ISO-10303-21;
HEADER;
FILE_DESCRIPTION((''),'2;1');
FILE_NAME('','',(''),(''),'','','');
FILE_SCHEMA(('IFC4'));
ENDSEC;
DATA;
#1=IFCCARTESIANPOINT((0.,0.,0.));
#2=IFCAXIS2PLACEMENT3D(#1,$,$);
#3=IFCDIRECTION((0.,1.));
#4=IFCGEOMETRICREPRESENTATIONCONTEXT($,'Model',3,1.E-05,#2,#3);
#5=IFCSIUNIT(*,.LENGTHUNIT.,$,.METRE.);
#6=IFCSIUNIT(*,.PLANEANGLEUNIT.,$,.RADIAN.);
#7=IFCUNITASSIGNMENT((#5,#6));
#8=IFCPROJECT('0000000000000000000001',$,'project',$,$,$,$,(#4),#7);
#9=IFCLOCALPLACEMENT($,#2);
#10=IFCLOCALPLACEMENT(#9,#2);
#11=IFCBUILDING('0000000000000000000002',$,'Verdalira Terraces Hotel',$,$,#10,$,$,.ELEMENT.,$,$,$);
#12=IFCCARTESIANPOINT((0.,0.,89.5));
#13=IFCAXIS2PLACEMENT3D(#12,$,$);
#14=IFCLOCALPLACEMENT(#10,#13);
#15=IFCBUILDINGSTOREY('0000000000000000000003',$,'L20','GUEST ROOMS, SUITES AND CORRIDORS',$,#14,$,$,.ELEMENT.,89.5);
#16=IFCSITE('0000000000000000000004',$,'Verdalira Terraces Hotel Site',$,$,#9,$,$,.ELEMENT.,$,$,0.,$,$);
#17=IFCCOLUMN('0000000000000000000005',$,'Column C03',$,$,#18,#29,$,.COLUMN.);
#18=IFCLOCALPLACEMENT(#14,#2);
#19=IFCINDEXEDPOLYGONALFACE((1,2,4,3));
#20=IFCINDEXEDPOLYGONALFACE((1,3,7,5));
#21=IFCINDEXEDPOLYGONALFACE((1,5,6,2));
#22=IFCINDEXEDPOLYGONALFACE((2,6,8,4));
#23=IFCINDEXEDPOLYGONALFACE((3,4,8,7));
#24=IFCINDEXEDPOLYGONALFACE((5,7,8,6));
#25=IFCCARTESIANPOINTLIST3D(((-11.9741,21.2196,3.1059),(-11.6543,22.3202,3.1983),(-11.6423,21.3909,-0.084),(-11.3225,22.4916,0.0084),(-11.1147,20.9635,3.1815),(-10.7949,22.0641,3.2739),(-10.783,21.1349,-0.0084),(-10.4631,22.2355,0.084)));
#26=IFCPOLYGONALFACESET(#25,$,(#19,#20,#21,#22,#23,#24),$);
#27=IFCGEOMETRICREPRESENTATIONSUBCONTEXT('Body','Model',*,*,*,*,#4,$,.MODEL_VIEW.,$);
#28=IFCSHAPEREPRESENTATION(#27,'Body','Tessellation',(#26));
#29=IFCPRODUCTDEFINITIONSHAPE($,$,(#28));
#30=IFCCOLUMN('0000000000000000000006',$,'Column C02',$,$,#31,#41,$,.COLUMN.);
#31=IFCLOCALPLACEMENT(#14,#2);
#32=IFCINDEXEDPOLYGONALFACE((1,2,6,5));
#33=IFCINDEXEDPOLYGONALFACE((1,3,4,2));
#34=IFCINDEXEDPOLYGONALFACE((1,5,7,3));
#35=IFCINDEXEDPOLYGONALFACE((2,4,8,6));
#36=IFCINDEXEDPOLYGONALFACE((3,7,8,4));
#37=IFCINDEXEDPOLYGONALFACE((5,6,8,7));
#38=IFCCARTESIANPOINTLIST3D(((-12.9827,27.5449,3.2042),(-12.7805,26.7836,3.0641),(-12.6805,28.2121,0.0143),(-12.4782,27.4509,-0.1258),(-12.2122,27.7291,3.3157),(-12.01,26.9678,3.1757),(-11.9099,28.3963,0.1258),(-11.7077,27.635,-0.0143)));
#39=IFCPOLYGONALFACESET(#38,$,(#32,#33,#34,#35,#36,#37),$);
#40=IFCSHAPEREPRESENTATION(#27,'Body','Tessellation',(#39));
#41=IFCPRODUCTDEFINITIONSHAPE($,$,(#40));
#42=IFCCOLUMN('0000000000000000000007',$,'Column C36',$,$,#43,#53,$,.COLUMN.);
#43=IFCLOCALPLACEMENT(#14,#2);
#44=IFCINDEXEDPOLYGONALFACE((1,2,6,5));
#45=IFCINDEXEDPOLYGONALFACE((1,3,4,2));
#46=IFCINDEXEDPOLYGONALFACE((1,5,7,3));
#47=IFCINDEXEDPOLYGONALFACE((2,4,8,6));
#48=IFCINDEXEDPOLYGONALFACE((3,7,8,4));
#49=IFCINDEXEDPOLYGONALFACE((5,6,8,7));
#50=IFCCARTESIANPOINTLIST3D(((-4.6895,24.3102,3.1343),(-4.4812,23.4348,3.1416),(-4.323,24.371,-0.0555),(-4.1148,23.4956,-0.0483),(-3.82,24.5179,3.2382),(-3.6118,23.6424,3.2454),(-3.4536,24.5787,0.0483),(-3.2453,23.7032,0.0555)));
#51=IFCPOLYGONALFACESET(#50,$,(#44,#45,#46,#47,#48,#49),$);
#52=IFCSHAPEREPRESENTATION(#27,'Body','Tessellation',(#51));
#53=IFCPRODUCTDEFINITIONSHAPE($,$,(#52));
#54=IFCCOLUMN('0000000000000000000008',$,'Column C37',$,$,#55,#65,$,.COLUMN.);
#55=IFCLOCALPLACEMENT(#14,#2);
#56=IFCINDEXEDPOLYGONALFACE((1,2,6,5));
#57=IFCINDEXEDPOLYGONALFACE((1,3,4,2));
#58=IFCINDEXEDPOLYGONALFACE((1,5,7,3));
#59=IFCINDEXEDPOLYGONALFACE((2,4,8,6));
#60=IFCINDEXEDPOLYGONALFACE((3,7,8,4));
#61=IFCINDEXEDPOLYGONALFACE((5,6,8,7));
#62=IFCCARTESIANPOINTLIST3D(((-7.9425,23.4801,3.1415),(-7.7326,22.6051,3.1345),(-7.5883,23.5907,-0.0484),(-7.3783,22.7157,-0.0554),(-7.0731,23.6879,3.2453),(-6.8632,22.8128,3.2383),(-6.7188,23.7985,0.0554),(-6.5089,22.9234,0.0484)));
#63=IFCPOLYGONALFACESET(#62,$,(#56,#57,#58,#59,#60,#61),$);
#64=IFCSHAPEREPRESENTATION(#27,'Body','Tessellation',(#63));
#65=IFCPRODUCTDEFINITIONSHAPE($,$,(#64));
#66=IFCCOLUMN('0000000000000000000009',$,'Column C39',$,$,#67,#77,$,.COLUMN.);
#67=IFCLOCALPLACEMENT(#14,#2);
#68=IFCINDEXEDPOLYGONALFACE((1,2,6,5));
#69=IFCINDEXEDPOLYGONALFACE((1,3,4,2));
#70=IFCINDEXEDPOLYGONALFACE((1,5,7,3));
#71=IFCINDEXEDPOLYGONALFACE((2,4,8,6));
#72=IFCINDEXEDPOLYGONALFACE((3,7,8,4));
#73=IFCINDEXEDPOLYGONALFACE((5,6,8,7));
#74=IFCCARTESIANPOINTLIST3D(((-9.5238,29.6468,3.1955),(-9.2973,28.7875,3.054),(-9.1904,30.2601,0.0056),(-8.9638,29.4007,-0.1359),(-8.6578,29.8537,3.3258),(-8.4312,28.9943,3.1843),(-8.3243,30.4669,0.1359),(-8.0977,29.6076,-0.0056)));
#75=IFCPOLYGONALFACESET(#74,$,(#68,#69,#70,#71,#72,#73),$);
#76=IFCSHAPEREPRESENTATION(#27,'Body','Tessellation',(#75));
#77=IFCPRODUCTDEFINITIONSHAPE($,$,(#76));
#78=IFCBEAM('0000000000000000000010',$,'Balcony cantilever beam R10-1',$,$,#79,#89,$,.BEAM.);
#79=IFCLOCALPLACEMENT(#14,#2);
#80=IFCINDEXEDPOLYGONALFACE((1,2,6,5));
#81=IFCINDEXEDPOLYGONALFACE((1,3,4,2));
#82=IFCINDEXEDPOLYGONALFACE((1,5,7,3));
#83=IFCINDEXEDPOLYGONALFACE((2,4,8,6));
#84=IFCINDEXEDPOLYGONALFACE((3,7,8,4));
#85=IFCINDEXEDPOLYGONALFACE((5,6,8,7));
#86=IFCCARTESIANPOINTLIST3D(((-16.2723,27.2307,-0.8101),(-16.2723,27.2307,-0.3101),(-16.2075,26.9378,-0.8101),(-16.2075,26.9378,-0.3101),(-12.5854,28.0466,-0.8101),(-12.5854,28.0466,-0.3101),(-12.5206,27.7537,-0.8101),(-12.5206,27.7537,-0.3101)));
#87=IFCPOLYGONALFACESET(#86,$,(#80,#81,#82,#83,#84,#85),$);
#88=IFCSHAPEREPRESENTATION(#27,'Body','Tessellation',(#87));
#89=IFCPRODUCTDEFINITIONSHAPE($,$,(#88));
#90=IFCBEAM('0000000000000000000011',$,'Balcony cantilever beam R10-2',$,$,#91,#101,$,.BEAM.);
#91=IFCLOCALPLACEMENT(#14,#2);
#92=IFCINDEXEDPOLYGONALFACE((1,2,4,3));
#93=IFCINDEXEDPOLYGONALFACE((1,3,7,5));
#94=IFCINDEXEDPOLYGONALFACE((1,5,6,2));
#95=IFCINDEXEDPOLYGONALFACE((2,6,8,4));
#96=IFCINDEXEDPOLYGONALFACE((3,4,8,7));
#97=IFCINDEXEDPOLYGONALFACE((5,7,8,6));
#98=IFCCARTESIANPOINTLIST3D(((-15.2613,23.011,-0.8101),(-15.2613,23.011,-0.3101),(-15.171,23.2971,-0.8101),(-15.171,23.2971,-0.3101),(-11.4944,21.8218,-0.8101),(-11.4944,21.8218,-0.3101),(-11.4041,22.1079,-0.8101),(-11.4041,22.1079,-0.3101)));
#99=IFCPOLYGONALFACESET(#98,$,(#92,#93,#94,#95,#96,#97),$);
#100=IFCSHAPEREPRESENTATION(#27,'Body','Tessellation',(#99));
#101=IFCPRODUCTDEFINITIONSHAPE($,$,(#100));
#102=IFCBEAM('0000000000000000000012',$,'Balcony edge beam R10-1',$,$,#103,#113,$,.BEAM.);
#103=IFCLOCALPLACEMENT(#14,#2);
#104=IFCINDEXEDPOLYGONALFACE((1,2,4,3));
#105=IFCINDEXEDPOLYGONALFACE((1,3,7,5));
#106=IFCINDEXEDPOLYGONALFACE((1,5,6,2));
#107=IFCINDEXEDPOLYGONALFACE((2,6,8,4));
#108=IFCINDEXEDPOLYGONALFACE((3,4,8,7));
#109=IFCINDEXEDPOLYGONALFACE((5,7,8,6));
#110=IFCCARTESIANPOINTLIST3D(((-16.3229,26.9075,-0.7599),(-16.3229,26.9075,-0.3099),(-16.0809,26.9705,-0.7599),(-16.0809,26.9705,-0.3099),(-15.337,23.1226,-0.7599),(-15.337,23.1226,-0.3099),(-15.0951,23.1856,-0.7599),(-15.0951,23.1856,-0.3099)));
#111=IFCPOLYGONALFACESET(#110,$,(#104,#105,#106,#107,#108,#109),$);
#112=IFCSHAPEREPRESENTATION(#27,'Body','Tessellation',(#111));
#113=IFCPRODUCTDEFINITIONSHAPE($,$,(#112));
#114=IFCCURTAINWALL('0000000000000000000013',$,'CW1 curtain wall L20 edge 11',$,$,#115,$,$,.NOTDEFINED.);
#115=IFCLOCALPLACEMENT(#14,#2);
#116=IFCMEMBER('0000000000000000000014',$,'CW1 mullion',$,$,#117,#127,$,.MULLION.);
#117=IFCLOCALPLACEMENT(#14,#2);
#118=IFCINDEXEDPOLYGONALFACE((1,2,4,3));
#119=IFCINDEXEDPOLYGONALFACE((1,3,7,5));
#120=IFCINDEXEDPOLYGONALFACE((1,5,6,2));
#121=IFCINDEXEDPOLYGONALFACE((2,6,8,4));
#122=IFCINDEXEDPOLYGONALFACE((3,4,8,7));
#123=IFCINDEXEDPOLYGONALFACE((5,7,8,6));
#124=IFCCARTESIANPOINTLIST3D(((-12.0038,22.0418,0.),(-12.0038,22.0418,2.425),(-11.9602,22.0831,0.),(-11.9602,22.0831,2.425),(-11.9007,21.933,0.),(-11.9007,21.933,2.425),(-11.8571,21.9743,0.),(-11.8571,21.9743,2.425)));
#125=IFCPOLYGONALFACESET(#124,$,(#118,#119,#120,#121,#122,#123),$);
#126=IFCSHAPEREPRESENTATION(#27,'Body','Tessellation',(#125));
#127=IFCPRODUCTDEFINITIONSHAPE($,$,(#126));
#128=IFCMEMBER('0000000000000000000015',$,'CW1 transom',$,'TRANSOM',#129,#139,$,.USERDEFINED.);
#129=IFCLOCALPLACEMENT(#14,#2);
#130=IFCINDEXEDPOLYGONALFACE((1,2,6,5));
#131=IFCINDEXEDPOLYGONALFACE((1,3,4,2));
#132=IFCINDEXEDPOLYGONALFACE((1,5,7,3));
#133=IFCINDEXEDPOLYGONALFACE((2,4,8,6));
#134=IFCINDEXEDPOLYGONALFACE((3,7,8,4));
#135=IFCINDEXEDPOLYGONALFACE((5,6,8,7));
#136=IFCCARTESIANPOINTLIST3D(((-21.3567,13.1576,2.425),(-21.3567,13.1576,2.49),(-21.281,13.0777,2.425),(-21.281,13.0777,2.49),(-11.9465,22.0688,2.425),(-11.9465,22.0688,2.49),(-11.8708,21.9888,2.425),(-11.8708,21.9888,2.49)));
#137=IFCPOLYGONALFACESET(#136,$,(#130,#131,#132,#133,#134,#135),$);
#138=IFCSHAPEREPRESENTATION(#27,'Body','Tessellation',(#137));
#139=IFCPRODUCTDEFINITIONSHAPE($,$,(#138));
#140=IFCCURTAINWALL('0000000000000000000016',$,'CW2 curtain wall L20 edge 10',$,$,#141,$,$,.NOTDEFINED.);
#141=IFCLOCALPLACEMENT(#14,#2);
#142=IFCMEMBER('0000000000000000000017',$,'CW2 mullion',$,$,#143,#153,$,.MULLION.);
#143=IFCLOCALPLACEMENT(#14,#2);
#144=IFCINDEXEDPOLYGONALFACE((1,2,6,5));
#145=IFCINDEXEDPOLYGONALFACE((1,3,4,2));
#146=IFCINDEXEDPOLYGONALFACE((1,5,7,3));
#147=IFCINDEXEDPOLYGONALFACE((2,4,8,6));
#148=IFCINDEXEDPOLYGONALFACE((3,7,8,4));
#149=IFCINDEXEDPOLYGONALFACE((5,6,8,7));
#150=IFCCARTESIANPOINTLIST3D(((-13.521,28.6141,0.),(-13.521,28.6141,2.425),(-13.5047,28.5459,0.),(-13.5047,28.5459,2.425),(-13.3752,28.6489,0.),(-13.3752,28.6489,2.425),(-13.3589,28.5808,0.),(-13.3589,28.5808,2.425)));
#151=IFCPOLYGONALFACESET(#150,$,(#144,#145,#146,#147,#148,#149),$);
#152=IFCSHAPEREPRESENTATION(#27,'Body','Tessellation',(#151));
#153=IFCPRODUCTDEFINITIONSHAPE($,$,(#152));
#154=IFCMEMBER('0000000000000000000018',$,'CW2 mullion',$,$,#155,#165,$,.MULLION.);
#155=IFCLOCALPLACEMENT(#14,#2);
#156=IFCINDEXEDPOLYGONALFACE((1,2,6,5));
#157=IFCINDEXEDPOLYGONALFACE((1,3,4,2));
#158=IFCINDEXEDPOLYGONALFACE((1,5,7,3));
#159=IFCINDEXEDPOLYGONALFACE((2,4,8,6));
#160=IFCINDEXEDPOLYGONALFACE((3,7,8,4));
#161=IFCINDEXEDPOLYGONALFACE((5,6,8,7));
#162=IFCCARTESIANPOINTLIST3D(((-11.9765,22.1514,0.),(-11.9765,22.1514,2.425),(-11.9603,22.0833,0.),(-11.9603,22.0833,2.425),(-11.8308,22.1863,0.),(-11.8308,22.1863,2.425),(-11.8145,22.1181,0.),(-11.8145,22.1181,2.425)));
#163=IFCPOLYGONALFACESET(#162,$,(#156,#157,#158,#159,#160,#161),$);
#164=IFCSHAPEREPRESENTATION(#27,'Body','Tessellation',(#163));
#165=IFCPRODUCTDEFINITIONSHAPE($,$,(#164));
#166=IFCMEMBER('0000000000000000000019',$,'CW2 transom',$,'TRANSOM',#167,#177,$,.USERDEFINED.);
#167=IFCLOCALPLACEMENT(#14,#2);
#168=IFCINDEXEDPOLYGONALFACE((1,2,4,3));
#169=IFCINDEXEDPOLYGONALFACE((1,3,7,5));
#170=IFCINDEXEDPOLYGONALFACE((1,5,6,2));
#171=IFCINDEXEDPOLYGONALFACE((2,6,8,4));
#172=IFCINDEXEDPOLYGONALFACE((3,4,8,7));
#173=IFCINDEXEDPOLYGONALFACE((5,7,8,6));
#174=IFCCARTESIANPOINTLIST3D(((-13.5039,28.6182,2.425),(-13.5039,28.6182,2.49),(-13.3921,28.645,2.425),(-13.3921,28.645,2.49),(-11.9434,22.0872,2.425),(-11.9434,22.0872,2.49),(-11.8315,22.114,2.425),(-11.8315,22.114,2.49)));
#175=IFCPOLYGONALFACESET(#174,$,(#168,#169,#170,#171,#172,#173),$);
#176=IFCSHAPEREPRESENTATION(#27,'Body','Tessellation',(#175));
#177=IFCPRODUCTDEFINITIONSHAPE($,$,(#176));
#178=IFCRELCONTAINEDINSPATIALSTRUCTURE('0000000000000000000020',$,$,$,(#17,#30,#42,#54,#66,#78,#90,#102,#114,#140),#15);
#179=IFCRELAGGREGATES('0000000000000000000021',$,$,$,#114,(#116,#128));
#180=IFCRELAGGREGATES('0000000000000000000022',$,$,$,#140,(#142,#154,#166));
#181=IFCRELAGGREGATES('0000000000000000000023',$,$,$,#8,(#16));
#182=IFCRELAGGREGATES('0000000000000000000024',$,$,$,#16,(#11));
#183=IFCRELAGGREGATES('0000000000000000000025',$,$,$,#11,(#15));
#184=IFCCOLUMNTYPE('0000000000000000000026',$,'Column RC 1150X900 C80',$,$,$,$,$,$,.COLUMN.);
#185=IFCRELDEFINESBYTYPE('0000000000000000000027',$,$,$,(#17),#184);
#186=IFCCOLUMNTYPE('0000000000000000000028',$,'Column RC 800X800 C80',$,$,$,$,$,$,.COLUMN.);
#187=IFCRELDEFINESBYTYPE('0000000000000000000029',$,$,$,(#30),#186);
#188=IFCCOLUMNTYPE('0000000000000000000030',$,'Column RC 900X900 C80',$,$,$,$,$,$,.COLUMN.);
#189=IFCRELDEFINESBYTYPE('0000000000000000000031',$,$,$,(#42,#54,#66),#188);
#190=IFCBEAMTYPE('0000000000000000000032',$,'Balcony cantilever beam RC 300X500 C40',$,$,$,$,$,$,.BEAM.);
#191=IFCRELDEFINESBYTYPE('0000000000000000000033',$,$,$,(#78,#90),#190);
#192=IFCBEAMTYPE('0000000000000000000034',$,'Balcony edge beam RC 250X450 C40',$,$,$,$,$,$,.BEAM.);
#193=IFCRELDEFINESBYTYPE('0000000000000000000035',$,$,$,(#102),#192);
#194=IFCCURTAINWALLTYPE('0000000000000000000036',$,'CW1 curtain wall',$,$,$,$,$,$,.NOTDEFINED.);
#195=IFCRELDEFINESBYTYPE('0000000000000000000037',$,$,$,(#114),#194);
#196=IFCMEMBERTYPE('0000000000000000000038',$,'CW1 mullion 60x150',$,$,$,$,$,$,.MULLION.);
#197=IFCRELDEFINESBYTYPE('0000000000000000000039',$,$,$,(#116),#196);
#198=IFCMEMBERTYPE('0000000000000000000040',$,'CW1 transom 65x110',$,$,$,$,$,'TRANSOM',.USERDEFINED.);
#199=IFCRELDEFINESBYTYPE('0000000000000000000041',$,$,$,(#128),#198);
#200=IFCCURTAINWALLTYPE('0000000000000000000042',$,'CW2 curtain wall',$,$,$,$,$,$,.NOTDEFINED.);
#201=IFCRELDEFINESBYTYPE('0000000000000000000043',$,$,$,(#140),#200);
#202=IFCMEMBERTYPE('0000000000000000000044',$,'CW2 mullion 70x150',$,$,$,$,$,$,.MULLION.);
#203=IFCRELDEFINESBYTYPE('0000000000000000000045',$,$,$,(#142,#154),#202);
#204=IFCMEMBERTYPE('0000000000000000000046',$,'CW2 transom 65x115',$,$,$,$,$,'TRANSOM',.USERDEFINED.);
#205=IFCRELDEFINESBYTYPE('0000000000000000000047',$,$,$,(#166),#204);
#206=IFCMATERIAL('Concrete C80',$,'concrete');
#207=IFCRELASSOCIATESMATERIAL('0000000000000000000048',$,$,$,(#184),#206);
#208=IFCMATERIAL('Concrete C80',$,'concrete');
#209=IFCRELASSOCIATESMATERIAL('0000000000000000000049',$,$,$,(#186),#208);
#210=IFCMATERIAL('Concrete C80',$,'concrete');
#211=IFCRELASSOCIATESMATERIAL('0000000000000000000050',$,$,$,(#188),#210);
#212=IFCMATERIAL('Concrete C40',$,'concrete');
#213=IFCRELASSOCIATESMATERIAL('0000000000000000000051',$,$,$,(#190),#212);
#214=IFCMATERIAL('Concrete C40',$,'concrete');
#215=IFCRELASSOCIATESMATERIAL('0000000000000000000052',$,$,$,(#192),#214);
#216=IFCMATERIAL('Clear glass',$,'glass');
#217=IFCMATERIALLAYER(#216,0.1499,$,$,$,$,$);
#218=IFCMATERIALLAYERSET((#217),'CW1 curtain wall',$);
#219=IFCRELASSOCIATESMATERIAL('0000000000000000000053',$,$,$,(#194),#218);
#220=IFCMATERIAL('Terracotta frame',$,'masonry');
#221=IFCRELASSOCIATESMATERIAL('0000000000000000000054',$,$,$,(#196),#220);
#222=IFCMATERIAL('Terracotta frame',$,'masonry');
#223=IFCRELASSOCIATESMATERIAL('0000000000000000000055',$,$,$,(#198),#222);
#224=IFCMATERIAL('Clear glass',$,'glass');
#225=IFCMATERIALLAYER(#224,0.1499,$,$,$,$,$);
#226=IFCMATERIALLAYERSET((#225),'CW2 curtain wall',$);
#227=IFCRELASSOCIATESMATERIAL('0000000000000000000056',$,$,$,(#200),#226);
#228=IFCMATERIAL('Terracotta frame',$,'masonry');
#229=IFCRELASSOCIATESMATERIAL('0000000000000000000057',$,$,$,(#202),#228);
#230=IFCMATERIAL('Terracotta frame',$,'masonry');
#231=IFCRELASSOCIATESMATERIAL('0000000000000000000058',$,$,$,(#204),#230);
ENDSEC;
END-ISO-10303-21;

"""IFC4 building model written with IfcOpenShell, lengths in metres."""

from ifc_helpers import new_model, si_unit, direction, frame, origin, origin_2d, place, context, subcontext, project, spatial, rectangle, extrude, material, layer, layer_set, material_profile, profile_set, type_object, element, aggregate, save


model = new_model("IFC4")

# Units and contexts
model_context = context("Model", 3, precision=1e-05, world=origin(), true_north=direction((0.0, 1.0)))
body_context = subcontext(model_context, "Body", "Model", "MODEL_VIEW")
ifc_project = project(units=[si_unit("LENGTHUNIT", "METRE"), si_unit("PLANEANGLEUNIT", "RADIAN")], contexts=[model_context])

# Site, building, storey
site_placement = place(None, origin())
site = spatial("IfcSite", under=ifc_project, at=site_placement, Name="Verdalira Terraces Hotel Site", CompositionType="ELEMENT", RefElevation=0.0)
building_placement = place(site_placement, origin())
building = spatial("IfcBuilding", under=site, at=building_placement, Name="Verdalira Terraces Hotel", CompositionType="ELEMENT")
storey_placement = place(building_placement, frame((0.0, 0.0, 89.5)))
storey = spatial("IfcBuildingStorey", under=building, at=storey_placement, Name="L20", Description="GUEST ROOMS, SUITES AND CORRIDORS", CompositionType="ELEMENT", Elevation=89.5)

# Columns
ifc_material_1 = material(Name="Concrete C80", Category="concrete")
ifc_material_profile_1 = material_profile(ifc_material_1, rectangle(XDim=1.1499, YDim=0.8999, at=origin_2d()), Name="RC 1150X900")
ifc_profile_set_1 = profile_set([ifc_material_profile_1], Name="Concrete C80")
column_type_1 = type_object("IfcColumnType", Name="Column RC 1150X900 C80", PredefinedType="COLUMN", material=ifc_profile_set_1)
column_1_placement = place(storey_placement, frame((-11.0527, 21.8132, 0.0), z_axis=(-0.103305, -0.053363, 0.993217), x_axis=(0.278133, 0.957175, 0.080355)))
element("IfcColumn", 1, at=column_1_placement, inside=storey, type_object=column_type_1, Name="Column C03", PredefinedType="COLUMN", context=body_context, shape_type="SweptSolid", body=[
    extrude(rectangle(XDim=1.1499, YDim=0.8999, at=origin_2d()), origin(), (0.0, 0.0, 1.0), 3.2117),
])
ifc_material_2 = material(Name="Concrete C80", Category="concrete")
ifc_material_profile_2 = material_profile(ifc_material_2, rectangle(XDim=0.8, YDim=0.8, at=origin_2d()), Name="RC 800X800")
ifc_profile_set_2 = profile_set([ifc_material_profile_2], Name="Concrete C80")
column_type_2 = type_object("IfcColumnType", Name="Column RC 800X800 C80", PredefinedType="COLUMN", material=ifc_profile_set_2)
column_2_placement = place(storey_placement, frame((-12.1941, 27.9236, 0.0), z_axis=(-0.092346, -0.203863, 0.974634), x_axis=(0.252775, -0.951551, -0.175085)))
element("IfcColumn", 2, at=column_2_placement, inside=storey, type_object=column_type_2, Name="Column C02", PredefinedType="COLUMN", context=body_context, shape_type="SweptSolid", body=[
    extrude(rectangle(XDim=0.8, YDim=0.8, at=origin_2d()), origin(), (0.0, 0.0, 1.0), 3.2729),
])
ifc_material_3 = material(Name="Concrete C80", Category="concrete")
ifc_material_profile_3 = material_profile(ifc_material_3, rectangle(XDim=0.8999, YDim=0.8999, at=origin_2d()), Name="RC 900X900")
ifc_profile_set_3 = profile_set([ifc_material_profile_3], Name="Concrete C80")
column_type_3 = type_object("IfcColumnType", Name="Column RC 900X900 C80", PredefinedType="COLUMN", material=ifc_profile_set_3)
for number, where, z_axis, x_axis, name in (
    (3, (-3.7842, 24.0371, 0.0), (-0.114107, -0.018929, 0.993288), (-0.231384, 0.972829, -0.008042), "Column C36"),
    (4, (-7.0486, 23.2571, 0.0), (-0.110308, -0.034438, 0.993301), (-0.233261, 0.972383, 0.007809), "Column C37"),
):
    element("IfcColumn", number, at=place(storey_placement, frame(where, z_axis=z_axis, x_axis=x_axis)), inside=storey, type_object=column_type_3, Name=name, PredefinedType="COLUMN", context=body_context, shape_type="SweptSolid", body=[
        extrude(rectangle(XDim=0.8999, YDim=0.8999, at=origin_2d()), origin(), (0.0, 0.0, 1.0), 3.2114),
    ])
column_3_placement = place(storey_placement, frame((-8.644, 29.9338, 0.0), z_axis=(-0.102129, -0.18781, 0.976881), x_axis=(-0.251779, 0.954921, 0.157266)))
element("IfcColumn", 5, at=column_3_placement, inside=storey, type_object=column_type_3, Name="Column C39", PredefinedType="COLUMN", context=body_context, shape_type="SweptSolid", body=[
    extrude(rectangle(XDim=0.8999, YDim=0.8999, at=origin_2d()), origin(), (0.0, 0.0, 1.0), 3.2654),
])

# Beams
ifc_material_4 = material(Name="Concrete C40", Category="concrete")
ifc_material_profile_4 = material_profile(ifc_material_4, rectangle(XDim=0.3, YDim=0.5, at=origin_2d()), Name="RC 300X500")
ifc_profile_set_4 = profile_set([ifc_material_profile_4], Name="Concrete C40")
beam_type_1 = type_object("IfcBeamType", Name="Balcony cantilever beam RC 300X500 C40", PredefinedType="BEAM", material=ifc_profile_set_4)
beam_1_placement = place(storey_placement, frame((-12.553, 27.9001, -0.5601), z_axis=(-0.976378, -0.216068, 0.0), x_axis=(0.216068, -0.976378, 0.0)))
element("IfcBeam", 6, at=beam_1_placement, inside=storey, type_object=beam_type_1, Name="Balcony cantilever beam R10-1", PredefinedType="BEAM", context=body_context, shape_type="SweptSolid", body=[
    extrude(rectangle(XDim=0.3, YDim=0.5, at=origin_2d()), origin(), (0.0, 0.0, 1.0), 3.7761),
])
beam_2_placement = place(storey_placement, frame((-11.4492, 21.9648, -0.5601), z_axis=(-0.953606, 0.301057, 0.0), x_axis=(-0.301057, -0.953606, 0.0)))
element("IfcBeam", 7, at=beam_2_placement, inside=storey, type_object=beam_type_1, Name="Balcony cantilever beam R10-2", PredefinedType="BEAM", context=body_context, shape_type="SweptSolid", body=[
    extrude(rectangle(XDim=0.3, YDim=0.5, at=origin_2d()), origin(), (0.0, 0.0, 1.0), 3.9502),
])
ifc_material_5 = material(Name="Concrete C40", Category="concrete")
ifc_material_profile_5 = material_profile(ifc_material_5, rectangle(XDim=0.25, YDim=0.45, at=origin_2d()), Name="RC 250X450")
ifc_profile_set_5 = profile_set([ifc_material_profile_5], Name="Concrete C40")
beam_type_2 = type_object("IfcBeamType", Name="Balcony edge beam RC 250X450 C40", PredefinedType="BEAM", material=ifc_profile_set_5)
beam_3_placement = place(storey_placement, frame((-16.2019, 26.939, -0.5349), z_axis=(0.252056, -0.967713, 0.0), x_axis=(0.967713, 0.252056, 0.0)))
element("IfcBeam", 8, at=beam_3_placement, inside=storey, type_object=beam_type_2, Name="Balcony edge beam R10-1", PredefinedType="BEAM", context=body_context, shape_type="SweptSolid", body=[
    extrude(rectangle(XDim=0.25, YDim=0.45, at=origin_2d()), origin(), (0.0, 0.0, 1.0), 3.9111),
])

# Curtain walls, members
ifc_material_6 = material(Name="Clear glass", Category="glass")
ifc_layer_1 = layer(ifc_material_6, 0.1499)
ifc_layer_set_1 = layer_set([ifc_layer_1], Name="CW1 curtain wall")
curtain_wall_type_1 = type_object("IfcCurtainWallType", Name="CW1 curtain wall", PredefinedType="NOTDEFINED", material=ifc_layer_set_1)
curtain_wall_1_placement = place(storey_placement, origin())
curtain_wall_1 = element("IfcCurtainWall", 9, at=curtain_wall_1_placement, inside=storey, type_object=curtain_wall_type_1, Name="CW1 curtain wall L20 edge 11", PredefinedType="NOTDEFINED")
ifc_material_7 = material(Name="Terracotta frame", Category="masonry")
ifc_material_profile_6 = material_profile(ifc_material_7, rectangle(XDim=0.0601, YDim=0.1499, at=origin_2d()), Name="MU 60x150")
ifc_profile_set_6 = profile_set([ifc_material_profile_6], Name="Terracotta frame")
member_type_1 = type_object("IfcMemberType", Name="CW1 mullion 60x150", PredefinedType="MULLION", material=ifc_profile_set_6)
member_1_placement = place(storey_placement, frame((-11.9304, 22.0081, 0.0), z_axis=(0.0, 0.0, 1.0), x_axis=(-0.726095, -0.687595, 0.0)))
member_1 = element("IfcMember", 10, at=member_1_placement, type_object=member_type_1, Name="CW1 mullion", PredefinedType="MULLION", context=body_context, shape_type="SweptSolid", body=[
    extrude(rectangle(XDim=0.0601, YDim=0.1499, at=origin_2d()), origin(), (0.0, 0.0, 1.0), 2.425),
])
ifc_material_8 = material(Name="Terracotta frame", Category="masonry")
ifc_material_profile_7 = material_profile(ifc_material_8, rectangle(XDim=0.1101, YDim=0.0649, at=origin_2d()), Name="TR 65x110")
ifc_profile_set_7 = profile_set([ifc_material_profile_7], Name="Terracotta frame")
member_type_2 = type_object("IfcMemberType", Name="CW1 transom 65x110", ElementType="TRANSOM", PredefinedType="USERDEFINED", material=ifc_profile_set_7)
member_2_placement = place(storey_placement, frame((-11.9087, 22.0288, 2.4575), z_axis=(-0.726097, -0.687592, 0.0), x_axis=(0.687592, -0.726097, 0.0)))
member_2 = element("IfcMember", 11, at=member_2_placement, type_object=member_type_2, Name="CW1 transom", ObjectType="TRANSOM", PredefinedType="USERDEFINED", context=body_context, shape_type="SweptSolid", body=[
    extrude(rectangle(XDim=0.1101, YDim=0.0649, at=origin_2d()), origin(), (0.0, 0.0, 1.0), 12.96),
])
ifc_material_9 = material(Name="Clear glass", Category="glass")
ifc_layer_2 = layer(ifc_material_9, 0.1499)
ifc_layer_set_2 = layer_set([ifc_layer_2], Name="CW2 curtain wall")
curtain_wall_type_2 = type_object("IfcCurtainWallType", Name="CW2 curtain wall", PredefinedType="NOTDEFINED", material=ifc_layer_set_2)
curtain_wall_2_placement = place(storey_placement, origin())
curtain_wall_2 = element("IfcCurtainWall", 12, at=curtain_wall_2_placement, inside=storey, type_object=curtain_wall_type_2, Name="CW2 curtain wall L20 edge 10", PredefinedType="NOTDEFINED")
ifc_material_10 = material(Name="Terracotta frame", Category="masonry")
ifc_material_profile_8 = material_profile(ifc_material_10, rectangle(XDim=0.0701, YDim=0.1499, at=origin_2d()), Name="MU 70x150")
ifc_profile_set_8 = profile_set([ifc_material_profile_8], Name="Terracotta frame")
member_type_3 = type_object("IfcMemberType", Name="CW2 mullion 70x150", PredefinedType="MULLION", material=ifc_profile_set_8)
member_3_placement = place(storey_placement, frame((-13.4399, 28.5974, 0.0), z_axis=(0.0, 0.0, 1.0), x_axis=(0.232427, -0.972614, 0.0)))
member_3 = element("IfcMember", 13, at=member_3_placement, type_object=member_type_3, Name="CW2 mullion", PredefinedType="MULLION", context=body_context, shape_type="SweptSolid", body=[
    extrude(rectangle(XDim=0.0701, YDim=0.1499, at=origin_2d()), origin(), (0.0, 0.0, 1.0), 2.425),
])
member_4_placement = place(storey_placement, frame((-11.8955, 22.1348, 0.0), z_axis=(0.0, 0.0, 1.0), x_axis=(0.232427, -0.972614, 0.0)))
member_4 = element("IfcMember", 14, at=member_4_placement, type_object=member_type_3, Name="CW2 mullion", PredefinedType="MULLION", context=body_context, shape_type="SweptSolid", body=[
    extrude(rectangle(XDim=0.0701, YDim=0.1499, at=origin_2d()), origin(), (0.0, 0.0, 1.0), 2.425),
])
ifc_material_11 = material(Name="Terracotta frame", Category="masonry")
ifc_material_profile_9 = material_profile(ifc_material_11, rectangle(XDim=0.115, YDim=0.0649, at=origin_2d()), Name="TR 65x115")
ifc_profile_set_9 = profile_set([ifc_material_profile_9], Name="Terracotta frame")
member_type_4 = type_object("IfcMemberType", Name="CW2 transom 65x115", ElementType="TRANSOM", PredefinedType="USERDEFINED", material=ifc_profile_set_9)
member_5_placement = place(storey_placement, frame((-13.448, 28.6316, 2.4575), z_axis=(0.232402, -0.97262, 0.0), x_axis=(0.97262, 0.232402, 0.0)))
member_5 = element("IfcMember", 15, at=member_5_placement, type_object=member_type_4, Name="CW2 transom", ObjectType="TRANSOM", PredefinedType="USERDEFINED", context=body_context, shape_type="SweptSolid", body=[
    extrude(rectangle(XDim=0.115, YDim=0.0649, at=origin_2d()), origin(), (0.0, 0.0, 1.0), 6.7148),
])

aggregate(curtain_wall_1, [member_1, member_2])
aggregate(curtain_wall_2, [member_3, member_4, member_5])

save(model, "model.ifc")
